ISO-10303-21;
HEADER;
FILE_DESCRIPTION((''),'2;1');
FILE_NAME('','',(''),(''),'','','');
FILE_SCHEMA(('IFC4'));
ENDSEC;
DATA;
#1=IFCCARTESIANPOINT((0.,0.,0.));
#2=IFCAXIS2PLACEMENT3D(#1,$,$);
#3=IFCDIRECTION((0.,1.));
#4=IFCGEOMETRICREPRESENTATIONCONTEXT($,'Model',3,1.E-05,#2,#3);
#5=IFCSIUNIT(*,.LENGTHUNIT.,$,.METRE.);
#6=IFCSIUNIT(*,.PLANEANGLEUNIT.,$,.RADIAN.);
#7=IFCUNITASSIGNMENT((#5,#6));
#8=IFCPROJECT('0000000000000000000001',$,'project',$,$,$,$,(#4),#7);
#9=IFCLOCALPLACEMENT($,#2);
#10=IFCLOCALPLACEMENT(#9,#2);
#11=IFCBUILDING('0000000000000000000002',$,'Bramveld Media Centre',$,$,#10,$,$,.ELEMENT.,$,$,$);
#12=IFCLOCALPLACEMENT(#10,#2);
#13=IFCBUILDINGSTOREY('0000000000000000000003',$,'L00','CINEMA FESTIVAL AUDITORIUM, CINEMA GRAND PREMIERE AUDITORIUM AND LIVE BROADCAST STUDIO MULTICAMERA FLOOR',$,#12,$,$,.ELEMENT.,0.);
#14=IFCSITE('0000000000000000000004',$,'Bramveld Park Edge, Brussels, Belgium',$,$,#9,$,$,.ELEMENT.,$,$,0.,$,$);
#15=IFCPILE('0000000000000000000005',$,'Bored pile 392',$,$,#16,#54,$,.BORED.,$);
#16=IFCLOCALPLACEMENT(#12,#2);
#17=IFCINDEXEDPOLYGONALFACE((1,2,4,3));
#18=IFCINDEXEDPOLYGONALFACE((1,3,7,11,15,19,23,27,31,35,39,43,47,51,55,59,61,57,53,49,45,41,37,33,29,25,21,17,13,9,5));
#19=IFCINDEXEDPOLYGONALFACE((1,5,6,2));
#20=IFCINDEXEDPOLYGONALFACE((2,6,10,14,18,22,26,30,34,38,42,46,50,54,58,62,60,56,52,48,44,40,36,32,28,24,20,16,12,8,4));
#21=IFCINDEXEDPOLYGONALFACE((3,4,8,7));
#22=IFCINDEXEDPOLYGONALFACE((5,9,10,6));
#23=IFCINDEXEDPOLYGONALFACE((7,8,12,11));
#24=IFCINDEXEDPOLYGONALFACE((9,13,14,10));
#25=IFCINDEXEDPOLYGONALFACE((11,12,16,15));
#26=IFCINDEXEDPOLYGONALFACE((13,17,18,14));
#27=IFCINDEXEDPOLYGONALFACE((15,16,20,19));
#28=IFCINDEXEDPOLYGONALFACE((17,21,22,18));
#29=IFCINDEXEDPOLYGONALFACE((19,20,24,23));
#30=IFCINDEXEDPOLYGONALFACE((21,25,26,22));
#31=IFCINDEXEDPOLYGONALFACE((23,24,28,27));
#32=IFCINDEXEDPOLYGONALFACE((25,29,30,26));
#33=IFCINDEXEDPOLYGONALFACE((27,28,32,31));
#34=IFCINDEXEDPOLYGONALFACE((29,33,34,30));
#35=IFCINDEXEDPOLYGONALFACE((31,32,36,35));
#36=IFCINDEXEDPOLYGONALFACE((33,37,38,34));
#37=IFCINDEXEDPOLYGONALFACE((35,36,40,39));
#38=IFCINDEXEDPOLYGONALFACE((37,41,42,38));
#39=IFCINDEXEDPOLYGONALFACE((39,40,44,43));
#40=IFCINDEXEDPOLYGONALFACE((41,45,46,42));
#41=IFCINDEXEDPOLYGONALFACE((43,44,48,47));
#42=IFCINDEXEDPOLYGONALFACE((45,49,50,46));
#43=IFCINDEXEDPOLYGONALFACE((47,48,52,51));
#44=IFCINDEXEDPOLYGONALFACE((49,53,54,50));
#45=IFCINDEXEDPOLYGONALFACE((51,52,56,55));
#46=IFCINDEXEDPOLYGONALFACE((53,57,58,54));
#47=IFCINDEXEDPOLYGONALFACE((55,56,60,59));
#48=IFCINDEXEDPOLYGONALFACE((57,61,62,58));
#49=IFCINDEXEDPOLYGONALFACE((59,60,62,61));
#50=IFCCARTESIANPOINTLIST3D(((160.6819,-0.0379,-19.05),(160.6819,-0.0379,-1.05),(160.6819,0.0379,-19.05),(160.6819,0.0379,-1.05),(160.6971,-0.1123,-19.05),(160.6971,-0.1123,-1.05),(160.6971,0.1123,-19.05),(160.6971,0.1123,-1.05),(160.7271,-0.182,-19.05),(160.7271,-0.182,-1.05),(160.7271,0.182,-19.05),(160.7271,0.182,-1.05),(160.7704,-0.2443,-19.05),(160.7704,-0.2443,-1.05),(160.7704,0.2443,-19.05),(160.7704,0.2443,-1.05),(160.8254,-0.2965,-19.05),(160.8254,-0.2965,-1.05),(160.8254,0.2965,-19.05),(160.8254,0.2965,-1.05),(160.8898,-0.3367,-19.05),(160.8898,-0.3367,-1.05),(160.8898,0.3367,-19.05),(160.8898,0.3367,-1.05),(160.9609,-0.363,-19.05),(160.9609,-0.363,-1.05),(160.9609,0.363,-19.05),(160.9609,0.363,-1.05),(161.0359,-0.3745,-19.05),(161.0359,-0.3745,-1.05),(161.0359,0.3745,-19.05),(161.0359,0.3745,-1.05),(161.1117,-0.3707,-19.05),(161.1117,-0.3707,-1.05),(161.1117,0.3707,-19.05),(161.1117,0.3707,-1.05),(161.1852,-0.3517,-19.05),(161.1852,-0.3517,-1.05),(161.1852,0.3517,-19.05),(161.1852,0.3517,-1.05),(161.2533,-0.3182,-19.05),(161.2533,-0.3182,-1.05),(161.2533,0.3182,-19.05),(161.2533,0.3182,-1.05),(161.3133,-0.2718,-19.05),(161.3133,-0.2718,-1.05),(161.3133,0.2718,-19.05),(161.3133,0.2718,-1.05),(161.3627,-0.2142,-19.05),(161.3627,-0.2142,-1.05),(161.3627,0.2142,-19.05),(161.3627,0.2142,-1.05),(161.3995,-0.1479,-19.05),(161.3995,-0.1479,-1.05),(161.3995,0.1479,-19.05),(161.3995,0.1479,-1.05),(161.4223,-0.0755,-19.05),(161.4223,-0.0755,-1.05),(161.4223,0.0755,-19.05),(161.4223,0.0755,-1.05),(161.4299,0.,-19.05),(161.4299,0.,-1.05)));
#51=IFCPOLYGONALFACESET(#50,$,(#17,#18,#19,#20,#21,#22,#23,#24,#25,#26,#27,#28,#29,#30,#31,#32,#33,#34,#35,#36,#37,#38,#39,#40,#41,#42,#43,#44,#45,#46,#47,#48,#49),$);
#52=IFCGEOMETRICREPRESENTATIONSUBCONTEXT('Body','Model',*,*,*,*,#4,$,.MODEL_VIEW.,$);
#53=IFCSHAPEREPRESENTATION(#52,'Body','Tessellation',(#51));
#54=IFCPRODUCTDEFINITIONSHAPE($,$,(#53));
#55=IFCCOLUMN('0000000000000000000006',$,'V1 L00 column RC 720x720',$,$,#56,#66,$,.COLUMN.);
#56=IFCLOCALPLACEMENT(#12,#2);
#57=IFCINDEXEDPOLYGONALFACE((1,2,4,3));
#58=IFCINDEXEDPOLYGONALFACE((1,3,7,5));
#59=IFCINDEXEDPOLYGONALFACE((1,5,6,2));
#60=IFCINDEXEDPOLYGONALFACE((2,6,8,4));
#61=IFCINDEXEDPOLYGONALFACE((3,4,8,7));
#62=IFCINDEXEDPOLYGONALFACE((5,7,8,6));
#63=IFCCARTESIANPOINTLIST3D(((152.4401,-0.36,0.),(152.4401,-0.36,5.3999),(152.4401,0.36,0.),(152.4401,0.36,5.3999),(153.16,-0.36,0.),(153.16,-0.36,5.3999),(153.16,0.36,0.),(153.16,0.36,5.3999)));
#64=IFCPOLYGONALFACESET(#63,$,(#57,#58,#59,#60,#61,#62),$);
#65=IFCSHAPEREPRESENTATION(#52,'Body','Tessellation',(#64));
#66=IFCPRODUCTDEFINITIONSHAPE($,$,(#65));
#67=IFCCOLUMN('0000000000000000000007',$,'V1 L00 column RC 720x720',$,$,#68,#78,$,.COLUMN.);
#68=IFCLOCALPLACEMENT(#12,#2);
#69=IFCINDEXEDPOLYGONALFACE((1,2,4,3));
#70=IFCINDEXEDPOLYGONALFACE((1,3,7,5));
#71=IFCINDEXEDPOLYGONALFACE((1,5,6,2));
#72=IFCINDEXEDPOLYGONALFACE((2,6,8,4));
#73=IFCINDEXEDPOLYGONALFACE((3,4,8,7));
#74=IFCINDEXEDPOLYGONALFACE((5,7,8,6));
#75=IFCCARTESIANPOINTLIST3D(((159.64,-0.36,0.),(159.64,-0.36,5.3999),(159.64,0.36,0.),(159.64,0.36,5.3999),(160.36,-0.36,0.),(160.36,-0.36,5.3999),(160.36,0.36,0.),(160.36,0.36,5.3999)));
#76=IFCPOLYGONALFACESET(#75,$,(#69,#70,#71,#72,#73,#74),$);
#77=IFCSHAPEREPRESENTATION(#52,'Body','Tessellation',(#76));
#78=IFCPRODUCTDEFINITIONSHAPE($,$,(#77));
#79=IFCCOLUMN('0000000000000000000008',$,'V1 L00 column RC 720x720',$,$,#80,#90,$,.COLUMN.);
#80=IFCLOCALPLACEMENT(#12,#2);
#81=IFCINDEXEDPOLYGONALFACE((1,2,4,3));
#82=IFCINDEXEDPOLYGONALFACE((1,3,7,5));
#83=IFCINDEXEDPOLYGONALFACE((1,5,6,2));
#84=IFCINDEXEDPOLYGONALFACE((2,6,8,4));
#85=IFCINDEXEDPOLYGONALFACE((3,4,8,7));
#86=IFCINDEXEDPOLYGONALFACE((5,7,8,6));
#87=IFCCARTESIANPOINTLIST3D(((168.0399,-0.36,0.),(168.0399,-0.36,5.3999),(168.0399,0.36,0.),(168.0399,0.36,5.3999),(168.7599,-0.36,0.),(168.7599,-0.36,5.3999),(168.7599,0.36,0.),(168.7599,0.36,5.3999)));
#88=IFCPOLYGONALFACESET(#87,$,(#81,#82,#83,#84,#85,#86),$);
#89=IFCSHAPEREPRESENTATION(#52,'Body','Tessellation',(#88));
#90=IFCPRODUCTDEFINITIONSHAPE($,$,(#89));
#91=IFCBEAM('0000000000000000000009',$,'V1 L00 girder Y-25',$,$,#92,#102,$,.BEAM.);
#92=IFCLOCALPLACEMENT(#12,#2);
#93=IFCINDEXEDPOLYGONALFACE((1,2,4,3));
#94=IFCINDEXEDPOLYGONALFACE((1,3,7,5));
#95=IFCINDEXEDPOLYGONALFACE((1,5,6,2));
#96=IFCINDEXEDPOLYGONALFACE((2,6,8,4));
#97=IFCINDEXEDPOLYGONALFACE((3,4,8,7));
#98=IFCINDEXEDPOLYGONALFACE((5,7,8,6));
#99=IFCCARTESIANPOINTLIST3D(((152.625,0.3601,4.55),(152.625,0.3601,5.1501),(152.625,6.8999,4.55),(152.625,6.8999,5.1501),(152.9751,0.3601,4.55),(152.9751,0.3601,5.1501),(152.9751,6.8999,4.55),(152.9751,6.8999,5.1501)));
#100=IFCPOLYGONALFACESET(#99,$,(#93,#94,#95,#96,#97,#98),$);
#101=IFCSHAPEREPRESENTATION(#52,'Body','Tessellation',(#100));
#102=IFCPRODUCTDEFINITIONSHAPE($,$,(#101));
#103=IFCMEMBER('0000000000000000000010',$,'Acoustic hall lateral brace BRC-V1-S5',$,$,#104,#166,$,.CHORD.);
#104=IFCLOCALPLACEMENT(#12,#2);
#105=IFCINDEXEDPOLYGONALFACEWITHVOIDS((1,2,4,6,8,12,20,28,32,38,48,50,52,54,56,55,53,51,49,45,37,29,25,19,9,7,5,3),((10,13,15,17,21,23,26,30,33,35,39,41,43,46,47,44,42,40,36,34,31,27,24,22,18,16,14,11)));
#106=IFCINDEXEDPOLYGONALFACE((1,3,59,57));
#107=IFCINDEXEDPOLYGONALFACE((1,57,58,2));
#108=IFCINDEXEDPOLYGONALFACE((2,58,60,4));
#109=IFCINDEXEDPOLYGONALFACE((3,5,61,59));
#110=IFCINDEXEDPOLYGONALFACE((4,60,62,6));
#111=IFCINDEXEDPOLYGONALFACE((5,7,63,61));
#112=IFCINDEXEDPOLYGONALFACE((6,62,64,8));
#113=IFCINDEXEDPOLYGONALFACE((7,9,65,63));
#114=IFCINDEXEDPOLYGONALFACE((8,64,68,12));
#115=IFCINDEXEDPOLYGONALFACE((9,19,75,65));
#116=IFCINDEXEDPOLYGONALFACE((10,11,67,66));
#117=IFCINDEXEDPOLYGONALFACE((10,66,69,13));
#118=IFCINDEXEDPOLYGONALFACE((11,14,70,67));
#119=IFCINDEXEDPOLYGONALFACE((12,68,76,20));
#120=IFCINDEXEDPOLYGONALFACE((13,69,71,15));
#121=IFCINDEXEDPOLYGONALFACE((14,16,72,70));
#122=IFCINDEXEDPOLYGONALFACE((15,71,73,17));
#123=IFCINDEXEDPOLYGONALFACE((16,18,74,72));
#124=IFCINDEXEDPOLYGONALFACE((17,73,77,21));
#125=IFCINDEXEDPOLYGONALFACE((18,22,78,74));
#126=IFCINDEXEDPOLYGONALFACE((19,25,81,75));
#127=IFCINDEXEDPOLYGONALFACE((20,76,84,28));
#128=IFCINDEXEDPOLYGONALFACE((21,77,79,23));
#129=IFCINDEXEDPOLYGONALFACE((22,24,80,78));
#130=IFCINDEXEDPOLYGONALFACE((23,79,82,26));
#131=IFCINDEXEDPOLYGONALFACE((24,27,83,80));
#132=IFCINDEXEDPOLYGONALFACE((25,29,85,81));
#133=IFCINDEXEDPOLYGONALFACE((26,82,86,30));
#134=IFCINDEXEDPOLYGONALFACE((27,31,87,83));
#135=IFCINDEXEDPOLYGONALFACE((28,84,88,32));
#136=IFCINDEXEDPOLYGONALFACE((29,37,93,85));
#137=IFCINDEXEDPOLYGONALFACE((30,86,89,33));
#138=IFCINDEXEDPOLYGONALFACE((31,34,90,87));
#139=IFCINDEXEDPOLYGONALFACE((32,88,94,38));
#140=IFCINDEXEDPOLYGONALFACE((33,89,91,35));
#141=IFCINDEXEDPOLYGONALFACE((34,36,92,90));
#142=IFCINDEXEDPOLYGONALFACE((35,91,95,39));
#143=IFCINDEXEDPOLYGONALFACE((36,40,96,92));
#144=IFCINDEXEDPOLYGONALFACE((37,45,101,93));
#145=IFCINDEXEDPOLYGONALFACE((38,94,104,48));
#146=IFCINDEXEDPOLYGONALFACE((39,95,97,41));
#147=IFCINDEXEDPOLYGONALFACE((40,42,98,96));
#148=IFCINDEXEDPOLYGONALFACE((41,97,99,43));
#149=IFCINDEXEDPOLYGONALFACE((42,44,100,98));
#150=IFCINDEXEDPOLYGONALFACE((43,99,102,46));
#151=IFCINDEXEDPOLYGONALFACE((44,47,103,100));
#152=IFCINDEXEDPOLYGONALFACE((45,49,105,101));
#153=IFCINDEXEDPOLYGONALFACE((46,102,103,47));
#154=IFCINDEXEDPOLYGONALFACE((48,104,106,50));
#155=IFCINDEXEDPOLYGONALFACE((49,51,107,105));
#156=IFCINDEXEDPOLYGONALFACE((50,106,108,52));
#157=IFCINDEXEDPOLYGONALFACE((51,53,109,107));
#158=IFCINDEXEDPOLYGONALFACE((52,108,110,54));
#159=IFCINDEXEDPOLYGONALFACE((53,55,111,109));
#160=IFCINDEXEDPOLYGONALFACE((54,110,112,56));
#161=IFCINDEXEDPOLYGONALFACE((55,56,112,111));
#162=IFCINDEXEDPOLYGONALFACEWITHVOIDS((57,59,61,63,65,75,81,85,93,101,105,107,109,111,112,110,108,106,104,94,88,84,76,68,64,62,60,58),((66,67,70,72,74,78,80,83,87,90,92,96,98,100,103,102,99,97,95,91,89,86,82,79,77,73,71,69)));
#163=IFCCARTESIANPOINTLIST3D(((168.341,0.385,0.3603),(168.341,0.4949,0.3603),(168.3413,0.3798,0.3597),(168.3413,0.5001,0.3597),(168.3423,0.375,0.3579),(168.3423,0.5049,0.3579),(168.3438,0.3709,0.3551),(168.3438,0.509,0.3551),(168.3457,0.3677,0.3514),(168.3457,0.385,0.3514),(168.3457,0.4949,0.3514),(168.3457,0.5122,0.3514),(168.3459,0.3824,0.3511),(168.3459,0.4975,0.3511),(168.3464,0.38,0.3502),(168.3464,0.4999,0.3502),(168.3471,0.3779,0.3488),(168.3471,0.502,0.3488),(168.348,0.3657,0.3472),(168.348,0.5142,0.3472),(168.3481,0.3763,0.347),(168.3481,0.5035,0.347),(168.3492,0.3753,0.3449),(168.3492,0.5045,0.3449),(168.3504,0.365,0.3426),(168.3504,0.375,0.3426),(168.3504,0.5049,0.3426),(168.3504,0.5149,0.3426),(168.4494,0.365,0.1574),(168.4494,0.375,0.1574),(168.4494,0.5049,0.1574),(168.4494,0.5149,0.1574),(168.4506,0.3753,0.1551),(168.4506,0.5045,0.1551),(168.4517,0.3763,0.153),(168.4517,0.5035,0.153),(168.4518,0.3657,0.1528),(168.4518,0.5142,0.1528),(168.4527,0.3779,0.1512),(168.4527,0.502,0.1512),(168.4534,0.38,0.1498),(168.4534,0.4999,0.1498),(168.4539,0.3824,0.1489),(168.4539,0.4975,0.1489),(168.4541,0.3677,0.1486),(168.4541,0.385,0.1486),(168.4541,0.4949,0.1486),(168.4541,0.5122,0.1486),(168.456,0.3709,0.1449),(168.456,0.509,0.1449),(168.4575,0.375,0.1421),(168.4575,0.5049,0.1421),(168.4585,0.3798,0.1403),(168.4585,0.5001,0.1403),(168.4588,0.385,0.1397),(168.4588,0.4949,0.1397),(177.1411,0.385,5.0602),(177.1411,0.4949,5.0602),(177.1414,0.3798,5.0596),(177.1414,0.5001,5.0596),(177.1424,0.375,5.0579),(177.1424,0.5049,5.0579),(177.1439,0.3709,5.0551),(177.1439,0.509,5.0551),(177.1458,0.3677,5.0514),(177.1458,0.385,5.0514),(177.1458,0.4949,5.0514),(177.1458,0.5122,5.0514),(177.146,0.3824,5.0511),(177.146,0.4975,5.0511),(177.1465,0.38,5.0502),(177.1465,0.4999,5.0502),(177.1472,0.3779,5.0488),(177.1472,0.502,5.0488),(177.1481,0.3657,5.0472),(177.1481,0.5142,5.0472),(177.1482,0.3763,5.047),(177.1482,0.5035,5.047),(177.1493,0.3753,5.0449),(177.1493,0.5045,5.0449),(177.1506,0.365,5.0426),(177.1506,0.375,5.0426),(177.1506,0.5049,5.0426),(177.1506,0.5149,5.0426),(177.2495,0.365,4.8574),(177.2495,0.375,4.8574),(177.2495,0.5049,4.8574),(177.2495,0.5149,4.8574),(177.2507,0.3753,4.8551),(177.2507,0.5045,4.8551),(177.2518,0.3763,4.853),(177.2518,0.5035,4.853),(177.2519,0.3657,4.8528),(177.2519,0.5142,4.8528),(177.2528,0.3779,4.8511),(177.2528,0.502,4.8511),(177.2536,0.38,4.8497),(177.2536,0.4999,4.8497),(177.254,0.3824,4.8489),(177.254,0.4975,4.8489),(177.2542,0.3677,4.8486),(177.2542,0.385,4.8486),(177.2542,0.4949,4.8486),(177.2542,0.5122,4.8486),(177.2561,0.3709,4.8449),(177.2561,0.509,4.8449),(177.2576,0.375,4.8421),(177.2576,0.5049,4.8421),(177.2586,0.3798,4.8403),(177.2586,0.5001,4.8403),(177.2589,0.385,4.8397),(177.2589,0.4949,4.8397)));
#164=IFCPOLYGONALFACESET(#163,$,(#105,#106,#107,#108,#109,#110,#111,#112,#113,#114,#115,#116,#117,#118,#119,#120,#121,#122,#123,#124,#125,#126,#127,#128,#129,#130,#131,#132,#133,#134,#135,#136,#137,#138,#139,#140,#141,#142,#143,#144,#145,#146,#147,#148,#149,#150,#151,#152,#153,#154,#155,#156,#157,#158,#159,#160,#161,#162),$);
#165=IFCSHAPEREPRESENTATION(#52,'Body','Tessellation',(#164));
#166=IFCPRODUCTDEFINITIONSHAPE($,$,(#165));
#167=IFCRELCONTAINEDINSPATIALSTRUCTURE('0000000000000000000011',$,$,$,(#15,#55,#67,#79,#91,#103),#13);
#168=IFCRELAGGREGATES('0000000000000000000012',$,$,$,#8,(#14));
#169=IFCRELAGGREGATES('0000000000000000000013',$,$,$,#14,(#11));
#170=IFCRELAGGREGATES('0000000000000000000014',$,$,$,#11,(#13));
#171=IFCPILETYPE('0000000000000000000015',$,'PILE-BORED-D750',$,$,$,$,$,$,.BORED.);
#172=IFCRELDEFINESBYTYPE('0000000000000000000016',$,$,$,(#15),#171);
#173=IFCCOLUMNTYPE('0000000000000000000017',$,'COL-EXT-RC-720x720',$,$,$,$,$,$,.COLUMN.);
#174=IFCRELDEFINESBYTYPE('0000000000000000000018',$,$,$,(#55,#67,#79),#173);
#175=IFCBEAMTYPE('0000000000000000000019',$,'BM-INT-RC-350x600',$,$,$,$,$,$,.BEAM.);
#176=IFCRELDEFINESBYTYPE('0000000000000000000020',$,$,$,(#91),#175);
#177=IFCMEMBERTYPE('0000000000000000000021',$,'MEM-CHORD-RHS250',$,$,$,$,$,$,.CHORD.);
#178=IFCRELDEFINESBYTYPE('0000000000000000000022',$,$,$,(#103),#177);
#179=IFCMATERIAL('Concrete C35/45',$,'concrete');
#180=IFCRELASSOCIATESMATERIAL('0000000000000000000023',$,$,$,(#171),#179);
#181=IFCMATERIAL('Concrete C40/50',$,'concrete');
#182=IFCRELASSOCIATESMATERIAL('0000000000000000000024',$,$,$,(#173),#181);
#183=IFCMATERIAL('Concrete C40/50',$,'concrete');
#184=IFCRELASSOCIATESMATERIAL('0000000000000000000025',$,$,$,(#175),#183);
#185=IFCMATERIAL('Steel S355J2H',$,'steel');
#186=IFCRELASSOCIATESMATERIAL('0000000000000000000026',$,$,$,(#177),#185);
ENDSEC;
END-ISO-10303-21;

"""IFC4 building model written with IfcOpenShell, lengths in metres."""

from ifc_helpers import new_model, si_unit, direction, frame, origin, origin_2d, place, context, subcontext, project, spatial, rectangle, hollow_rectangle, circle, extrude, material, material_profile, profile_set, type_object, element, save


model = new_model("IFC4")

# Units and contexts
model_context = context("Model", 3, precision=1e-05, world=origin(), true_north=direction((0.0, 1.0)))
body_context = subcontext(model_context, "Body", "Model", "MODEL_VIEW")
ifc_project = project(units=[si_unit("LENGTHUNIT", "METRE"), si_unit("PLANEANGLEUNIT", "RADIAN")], contexts=[model_context])

# Site, building, storey
site_placement = place(None, origin())
site = spatial("IfcSite", under=ifc_project, at=site_placement, Name="Bramveld Park Edge, Brussels, Belgium", CompositionType="ELEMENT", RefElevation=0.0)
building_placement = place(site_placement, origin())
building = spatial("IfcBuilding", under=site, at=building_placement, Name="Bramveld Media Centre", CompositionType="ELEMENT")
storey_placement = place(building_placement, origin())
storey = spatial("IfcBuildingStorey", under=building, at=storey_placement, Name="L00", Description="CINEMA FESTIVAL AUDITORIUM, CINEMA GRAND PREMIERE AUDITORIUM AND LIVE BROADCAST STUDIO MULTICAMERA FLOOR", CompositionType="ELEMENT", Elevation=0.0)

# Pile
ifc_material_1 = material(Name="Concrete C35/45", Category="concrete")
ifc_material_profile_1 = material_profile(ifc_material_1, circle(Radius=0.375, at=origin_2d()), Name="BORED D750")
ifc_profile_set_1 = profile_set([ifc_material_profile_1], Name="Concrete C35/45")
pile_type_1 = type_object("IfcPileType", Name="PILE-BORED-D750", PredefinedType="BORED", material=ifc_profile_set_1)
for number, where, z_axis, x_axis, name in (
    (1, (161.0549, 0.0, -1.05), (0.0, 0.0, -1.0), (1.0, 0.0, 0.0), "Bored pile 392"),
):
    element("IfcPile", number, at=place(storey_placement, frame(where, z_axis=z_axis, x_axis=x_axis)), inside=storey, type_object=pile_type_1, Name=name, PredefinedType="BORED", context=body_context, shape_type="SweptSolid", body=[
        extrude(circle(Radius=0.375, at=origin_2d()), origin(), (0.0, 0.0, 1.0), 18.0),
    ])

# Columns
ifc_material_2 = material(Name="Concrete C40/50", Category="concrete")
ifc_material_profile_2 = material_profile(ifc_material_2, rectangle(XDim=0.72, YDim=0.72, at=origin_2d()), Name="RC 720x720")
ifc_profile_set_2 = profile_set([ifc_material_profile_2], Name="Concrete C40/50")
column_type = type_object("IfcColumnType", Name="COL-EXT-RC-720x720", PredefinedType="COLUMN", material=ifc_profile_set_2)
for number, where, z_axis, x_axis, name in (
    (2, (152.8, 0.0, 0.0), (0.0, 0.0, 1.0), (1.0, 0.0, 0.0), "V1 L00 column RC 720x720"),
    (3, (160.0, 0.0, 0.0), (0.0, 0.0, 1.0), (1.0, 0.0, 0.0), "V1 L00 column RC 720x720"),
    (4, (168.3999, 0.0, 0.0), (0.0, 0.0, 1.0), (1.0, 0.0, 0.0), "V1 L00 column RC 720x720"),
):
    element("IfcColumn", number, at=place(storey_placement, frame(where, z_axis=z_axis, x_axis=x_axis)), inside=storey, type_object=column_type, Name=name, PredefinedType="COLUMN", context=body_context, shape_type="SweptSolid", body=[
        extrude(rectangle(XDim=0.72, YDim=0.72, at=origin_2d()), origin(), (0.0, 0.0, 1.0), 5.3999),
    ])

# Beam
ifc_material_3 = material(Name="Concrete C40/50", Category="concrete")
ifc_material_profile_3 = material_profile(ifc_material_3, rectangle(XDim=0.3501, YDim=0.6001, at=origin_2d()), Name="RC 350x600")
ifc_profile_set_3 = profile_set([ifc_material_profile_3], Name="Concrete C40/50")
beam_type = type_object("IfcBeamType", Name="BM-INT-RC-350x600", PredefinedType="BEAM", material=ifc_profile_set_3)
beam_placement = place(storey_placement, frame((152.8, 0.3601, 4.8501), z_axis=(0.0, 1.0, 0.0), x_axis=(-1.0, 0.0, 0.0)))
element("IfcBeam", 5, at=beam_placement, inside=storey, type_object=beam_type, Name="V1 L00 girder Y-25", PredefinedType="BEAM", context=body_context, shape_type="SweptSolid", body=[
    extrude(rectangle(XDim=0.3501, YDim=0.6001, at=origin_2d()), origin(), (0.0, 0.0, 1.0), 6.5398),
])

# Member
ifc_material_4 = material(Name="Steel S355J2H", Category="steel")
ifc_material_profile_4 = material_profile(ifc_material_4, hollow_rectangle(XDim=0.1499, YDim=0.25, WallThickness=0.01, InnerFilletRadius=0.01, OuterFilletRadius=0.02, at=origin_2d()), Name="RHS 250x150x10")
ifc_profile_set_4 = profile_set([ifc_material_profile_4], Name="Steel S355J2H")
member_type_1 = type_object("IfcMemberType", Name="MEM-CHORD-RHS250", PredefinedType="CHORD", material=ifc_profile_set_4)
member_1_placement = place(storey_placement, frame((168.3999, 0.4399, 0.25), z_axis=(0.882078, 0.0, 0.471103), x_axis=(0.0, 1.0, 0.0)))
element("IfcMember", 6, at=member_1_placement, inside=storey, type_object=member_type_1, Name="Acoustic hall lateral brace BRC-V1-S5", PredefinedType="CHORD", context=body_context, shape_type="SweptSolid", body=[
    extrude(hollow_rectangle(XDim=0.1499, YDim=0.25, WallThickness=0.01, InnerFilletRadius=0.01, OuterFilletRadius=0.02, at=origin_2d()), origin(), (0.0, 0.0, 1.0), 9.9766),
])

save(model, "model.ifc")
